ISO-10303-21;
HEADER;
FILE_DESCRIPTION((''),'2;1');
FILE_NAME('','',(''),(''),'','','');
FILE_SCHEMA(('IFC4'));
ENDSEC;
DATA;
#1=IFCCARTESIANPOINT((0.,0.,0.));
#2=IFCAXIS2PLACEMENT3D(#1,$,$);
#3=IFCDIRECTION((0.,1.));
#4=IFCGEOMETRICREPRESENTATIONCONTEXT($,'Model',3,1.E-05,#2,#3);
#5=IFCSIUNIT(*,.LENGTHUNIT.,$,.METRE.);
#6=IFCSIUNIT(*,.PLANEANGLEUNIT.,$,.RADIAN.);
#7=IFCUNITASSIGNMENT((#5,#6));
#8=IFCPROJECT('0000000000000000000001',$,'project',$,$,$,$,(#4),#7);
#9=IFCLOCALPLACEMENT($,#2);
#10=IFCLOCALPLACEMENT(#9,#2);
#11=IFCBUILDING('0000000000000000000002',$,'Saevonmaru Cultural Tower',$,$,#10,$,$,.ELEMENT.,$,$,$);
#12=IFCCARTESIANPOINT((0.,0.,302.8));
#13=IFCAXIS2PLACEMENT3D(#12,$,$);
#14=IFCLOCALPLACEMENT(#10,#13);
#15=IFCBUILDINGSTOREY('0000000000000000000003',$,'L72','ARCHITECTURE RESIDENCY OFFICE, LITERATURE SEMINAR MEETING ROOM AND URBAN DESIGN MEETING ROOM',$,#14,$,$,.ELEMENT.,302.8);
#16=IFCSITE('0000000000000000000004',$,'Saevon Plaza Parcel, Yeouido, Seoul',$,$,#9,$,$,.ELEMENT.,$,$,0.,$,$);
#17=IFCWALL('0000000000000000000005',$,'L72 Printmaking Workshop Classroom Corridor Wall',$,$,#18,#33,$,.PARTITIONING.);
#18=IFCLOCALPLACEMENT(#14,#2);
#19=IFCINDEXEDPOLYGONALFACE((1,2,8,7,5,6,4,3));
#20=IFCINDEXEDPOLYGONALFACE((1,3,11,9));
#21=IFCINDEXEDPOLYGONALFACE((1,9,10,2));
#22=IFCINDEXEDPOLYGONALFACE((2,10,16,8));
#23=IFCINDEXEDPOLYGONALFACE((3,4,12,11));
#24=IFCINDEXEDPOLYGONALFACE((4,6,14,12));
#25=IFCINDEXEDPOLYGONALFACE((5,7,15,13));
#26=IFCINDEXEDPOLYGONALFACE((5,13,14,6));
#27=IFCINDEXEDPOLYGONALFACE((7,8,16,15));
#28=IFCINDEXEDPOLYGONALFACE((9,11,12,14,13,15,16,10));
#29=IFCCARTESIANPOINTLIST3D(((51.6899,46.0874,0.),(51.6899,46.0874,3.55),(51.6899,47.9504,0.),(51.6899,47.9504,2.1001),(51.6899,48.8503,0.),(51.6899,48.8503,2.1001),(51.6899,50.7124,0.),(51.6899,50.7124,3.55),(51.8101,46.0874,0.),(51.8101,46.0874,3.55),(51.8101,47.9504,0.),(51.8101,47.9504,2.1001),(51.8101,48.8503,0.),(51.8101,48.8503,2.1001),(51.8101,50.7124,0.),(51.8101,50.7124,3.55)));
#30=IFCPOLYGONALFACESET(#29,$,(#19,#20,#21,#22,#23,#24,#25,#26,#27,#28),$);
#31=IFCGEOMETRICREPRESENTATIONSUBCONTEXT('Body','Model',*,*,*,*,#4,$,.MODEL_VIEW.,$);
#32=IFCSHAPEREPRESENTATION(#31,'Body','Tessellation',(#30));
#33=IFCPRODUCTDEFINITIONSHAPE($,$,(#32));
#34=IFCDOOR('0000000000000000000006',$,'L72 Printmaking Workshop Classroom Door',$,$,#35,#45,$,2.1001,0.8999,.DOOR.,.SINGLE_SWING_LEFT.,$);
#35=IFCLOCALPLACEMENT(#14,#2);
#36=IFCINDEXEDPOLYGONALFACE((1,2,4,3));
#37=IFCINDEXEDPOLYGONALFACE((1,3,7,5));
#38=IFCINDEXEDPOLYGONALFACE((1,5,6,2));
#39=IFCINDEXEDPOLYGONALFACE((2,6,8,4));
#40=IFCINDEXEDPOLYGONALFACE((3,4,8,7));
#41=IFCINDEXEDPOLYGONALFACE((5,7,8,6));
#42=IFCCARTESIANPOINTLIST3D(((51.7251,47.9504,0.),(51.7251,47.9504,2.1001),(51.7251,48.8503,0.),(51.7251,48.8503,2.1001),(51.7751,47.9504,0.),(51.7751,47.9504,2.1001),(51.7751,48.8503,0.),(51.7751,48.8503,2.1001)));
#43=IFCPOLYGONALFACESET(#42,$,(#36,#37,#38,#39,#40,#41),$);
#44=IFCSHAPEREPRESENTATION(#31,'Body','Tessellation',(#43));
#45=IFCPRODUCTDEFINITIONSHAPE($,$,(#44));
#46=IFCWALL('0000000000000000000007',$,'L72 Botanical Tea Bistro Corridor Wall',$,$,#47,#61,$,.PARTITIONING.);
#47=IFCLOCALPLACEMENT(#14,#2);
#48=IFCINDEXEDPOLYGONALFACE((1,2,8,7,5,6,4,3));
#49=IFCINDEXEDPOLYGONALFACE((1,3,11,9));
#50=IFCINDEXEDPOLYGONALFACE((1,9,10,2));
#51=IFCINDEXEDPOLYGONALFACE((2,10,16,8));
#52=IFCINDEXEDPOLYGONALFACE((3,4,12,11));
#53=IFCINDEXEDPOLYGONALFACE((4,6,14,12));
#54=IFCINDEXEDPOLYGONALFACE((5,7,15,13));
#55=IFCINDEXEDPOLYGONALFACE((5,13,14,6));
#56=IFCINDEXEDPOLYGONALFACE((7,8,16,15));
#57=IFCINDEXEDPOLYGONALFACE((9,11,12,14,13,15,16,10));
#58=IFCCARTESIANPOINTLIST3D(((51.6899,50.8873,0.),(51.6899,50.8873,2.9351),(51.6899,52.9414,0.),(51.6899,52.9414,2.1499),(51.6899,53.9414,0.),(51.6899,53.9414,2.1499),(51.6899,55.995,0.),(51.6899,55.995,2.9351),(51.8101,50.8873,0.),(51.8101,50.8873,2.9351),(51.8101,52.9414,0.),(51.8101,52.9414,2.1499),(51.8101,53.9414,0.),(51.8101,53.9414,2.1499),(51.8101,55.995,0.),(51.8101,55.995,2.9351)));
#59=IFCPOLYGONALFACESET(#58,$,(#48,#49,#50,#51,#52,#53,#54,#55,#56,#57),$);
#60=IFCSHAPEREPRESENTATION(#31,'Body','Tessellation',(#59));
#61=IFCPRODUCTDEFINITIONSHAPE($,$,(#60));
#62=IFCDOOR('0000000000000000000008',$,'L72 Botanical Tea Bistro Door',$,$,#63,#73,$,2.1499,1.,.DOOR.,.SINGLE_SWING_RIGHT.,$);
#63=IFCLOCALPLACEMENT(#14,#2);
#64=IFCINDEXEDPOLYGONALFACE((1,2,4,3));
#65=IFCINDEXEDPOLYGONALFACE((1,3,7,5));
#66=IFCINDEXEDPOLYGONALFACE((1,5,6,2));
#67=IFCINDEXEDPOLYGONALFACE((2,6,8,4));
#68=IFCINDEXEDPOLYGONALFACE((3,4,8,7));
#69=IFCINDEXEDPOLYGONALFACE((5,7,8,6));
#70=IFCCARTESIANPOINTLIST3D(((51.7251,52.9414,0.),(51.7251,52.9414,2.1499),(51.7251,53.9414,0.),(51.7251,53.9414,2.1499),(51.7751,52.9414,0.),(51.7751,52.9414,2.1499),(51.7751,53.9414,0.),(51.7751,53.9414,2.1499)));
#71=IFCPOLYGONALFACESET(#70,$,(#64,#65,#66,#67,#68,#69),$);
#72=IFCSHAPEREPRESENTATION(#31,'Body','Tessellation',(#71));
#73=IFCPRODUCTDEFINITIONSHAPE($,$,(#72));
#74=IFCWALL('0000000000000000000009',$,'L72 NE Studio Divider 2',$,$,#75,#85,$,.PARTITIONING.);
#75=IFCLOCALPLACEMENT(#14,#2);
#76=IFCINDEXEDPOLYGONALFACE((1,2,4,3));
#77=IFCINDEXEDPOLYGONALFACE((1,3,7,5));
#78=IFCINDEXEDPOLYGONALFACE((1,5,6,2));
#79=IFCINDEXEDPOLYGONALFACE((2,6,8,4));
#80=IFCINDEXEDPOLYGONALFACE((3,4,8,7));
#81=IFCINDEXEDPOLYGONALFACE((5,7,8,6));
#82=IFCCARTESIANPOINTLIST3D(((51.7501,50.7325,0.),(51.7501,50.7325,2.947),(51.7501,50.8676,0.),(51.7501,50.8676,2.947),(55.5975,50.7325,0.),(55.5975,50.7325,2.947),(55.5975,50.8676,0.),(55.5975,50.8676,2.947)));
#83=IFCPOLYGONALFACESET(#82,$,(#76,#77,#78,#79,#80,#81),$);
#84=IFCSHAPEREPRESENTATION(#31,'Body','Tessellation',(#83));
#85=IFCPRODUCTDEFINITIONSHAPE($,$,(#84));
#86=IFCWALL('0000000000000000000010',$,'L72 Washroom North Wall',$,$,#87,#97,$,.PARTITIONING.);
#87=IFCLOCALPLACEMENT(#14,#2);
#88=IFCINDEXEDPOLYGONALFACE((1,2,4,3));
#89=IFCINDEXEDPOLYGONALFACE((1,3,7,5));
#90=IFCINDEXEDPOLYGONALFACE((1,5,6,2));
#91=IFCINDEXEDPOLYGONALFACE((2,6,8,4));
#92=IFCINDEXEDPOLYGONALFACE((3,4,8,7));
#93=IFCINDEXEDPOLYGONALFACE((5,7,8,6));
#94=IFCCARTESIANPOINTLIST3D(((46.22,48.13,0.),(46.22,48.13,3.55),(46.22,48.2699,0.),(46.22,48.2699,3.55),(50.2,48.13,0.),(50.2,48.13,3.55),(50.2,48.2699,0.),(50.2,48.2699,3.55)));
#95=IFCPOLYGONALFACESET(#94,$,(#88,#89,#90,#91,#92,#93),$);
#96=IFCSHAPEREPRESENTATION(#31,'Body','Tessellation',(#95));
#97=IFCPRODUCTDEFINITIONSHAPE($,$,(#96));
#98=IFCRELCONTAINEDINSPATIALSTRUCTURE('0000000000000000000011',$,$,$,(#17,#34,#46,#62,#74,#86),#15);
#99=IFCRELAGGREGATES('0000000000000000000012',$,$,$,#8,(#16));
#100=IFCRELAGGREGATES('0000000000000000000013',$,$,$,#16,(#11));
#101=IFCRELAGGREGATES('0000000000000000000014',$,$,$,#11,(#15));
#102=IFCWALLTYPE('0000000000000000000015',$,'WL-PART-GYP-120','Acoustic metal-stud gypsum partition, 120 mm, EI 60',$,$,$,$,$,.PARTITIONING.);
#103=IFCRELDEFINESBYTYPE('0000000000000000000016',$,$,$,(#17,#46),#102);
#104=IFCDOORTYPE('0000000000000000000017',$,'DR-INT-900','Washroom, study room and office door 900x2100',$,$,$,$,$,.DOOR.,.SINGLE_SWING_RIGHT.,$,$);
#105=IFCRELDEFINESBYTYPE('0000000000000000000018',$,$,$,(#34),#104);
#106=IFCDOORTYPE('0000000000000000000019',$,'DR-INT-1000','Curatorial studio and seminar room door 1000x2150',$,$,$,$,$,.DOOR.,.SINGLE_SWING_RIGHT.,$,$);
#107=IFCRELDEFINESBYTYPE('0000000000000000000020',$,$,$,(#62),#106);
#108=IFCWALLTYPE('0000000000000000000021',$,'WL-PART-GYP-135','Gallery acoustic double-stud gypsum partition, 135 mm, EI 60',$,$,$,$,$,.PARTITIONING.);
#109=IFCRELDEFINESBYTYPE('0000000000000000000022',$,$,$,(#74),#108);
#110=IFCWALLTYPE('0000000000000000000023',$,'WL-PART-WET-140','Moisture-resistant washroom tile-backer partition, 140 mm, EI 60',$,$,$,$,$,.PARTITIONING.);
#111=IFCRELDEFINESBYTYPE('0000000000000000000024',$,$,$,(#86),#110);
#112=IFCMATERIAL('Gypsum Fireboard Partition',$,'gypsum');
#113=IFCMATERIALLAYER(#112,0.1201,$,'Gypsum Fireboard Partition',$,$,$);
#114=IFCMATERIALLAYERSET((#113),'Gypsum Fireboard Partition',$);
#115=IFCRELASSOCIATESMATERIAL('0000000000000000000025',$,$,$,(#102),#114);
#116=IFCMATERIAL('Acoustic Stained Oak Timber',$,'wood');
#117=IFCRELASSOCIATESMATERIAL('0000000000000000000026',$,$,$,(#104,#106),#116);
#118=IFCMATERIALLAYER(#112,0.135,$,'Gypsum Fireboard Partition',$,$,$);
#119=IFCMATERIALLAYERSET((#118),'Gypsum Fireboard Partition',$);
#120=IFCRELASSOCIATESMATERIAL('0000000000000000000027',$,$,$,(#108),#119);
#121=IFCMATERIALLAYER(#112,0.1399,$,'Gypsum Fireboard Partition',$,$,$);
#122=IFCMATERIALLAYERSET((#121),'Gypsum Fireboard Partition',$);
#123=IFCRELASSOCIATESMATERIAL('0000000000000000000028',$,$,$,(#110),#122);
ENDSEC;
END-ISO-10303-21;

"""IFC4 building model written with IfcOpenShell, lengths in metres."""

from ifc_helpers import new_model, si_unit, direction, frame, frame_2d, origin, place, context, subcontext, project, spatial, rectangle, extrude, material, layer, layer_set, type_object, element, fill, save


model = new_model("IFC4")

# Units and contexts
model_context = context("Model", 3, precision=1e-05, world=origin(), true_north=direction((0.0, 1.0)))
body_context = subcontext(model_context, "Body", "Model", "MODEL_VIEW")
ifc_project = project(units=[si_unit("LENGTHUNIT", "METRE"), si_unit("PLANEANGLEUNIT", "RADIAN")], contexts=[model_context])

# Site, building, storey
site_placement = place(None, origin())
site = spatial("IfcSite", under=ifc_project, at=site_placement, Name="Saevon Plaza Parcel, Yeouido, Seoul", CompositionType="ELEMENT", RefElevation=0.0)
building_placement = place(site_placement, origin())
building = spatial("IfcBuilding", under=site, at=building_placement, Name="Saevonmaru Cultural Tower", CompositionType="ELEMENT")
storey_placement = place(building_placement, frame((0.0, 0.0, 302.8)))
storey = spatial("IfcBuildingStorey", under=building, at=storey_placement, Name="L72", Description="ARCHITECTURE RESIDENCY OFFICE, LITERATURE SEMINAR MEETING ROOM AND URBAN DESIGN MEETING ROOM", CompositionType="ELEMENT", Elevation=302.8)

# Shared definitions
ifc_material_1 = material(Name="Gypsum Fireboard Partition", Category="gypsum")
ifc_layer_1 = layer(ifc_material_1, 0.1201, Name="Gypsum Fireboard Partition")
ifc_layer_set_1 = layer_set([ifc_layer_1], Name="Gypsum Fireboard Partition")
wall_type_1 = type_object("IfcWallType", Name="WL-PART-GYP-120", Description="Acoustic metal-stud gypsum partition, 120 mm, EI 60", PredefinedType="PARTITIONING", material=ifc_layer_set_1)

# Walls, openings, doors
ifc_material_2 = material(Name="Acoustic Stained Oak Timber", Category="wood")
door_type_1 = type_object("IfcDoorType", Name="DR-INT-900", Description="Washroom, study room and office door 900x2100", OperationType="SINGLE_SWING_RIGHT", PredefinedType="DOOR", material=ifc_material_2)
wall_1_placement = place(storey_placement, frame((51.75, 46.0874, 0.0), z_axis=(0.0, 0.0, 1.0), x_axis=(0.0, 1.0, 0.0)))
wall_1 = element("IfcWall", 1, at=wall_1_placement, inside=storey, type_object=wall_type_1, Name="L72 Printmaking Workshop Classroom Corridor Wall", PredefinedType="PARTITIONING", context=body_context, shape_type="SweptSolid", body=[
    extrude(rectangle(XDim=4.625, YDim=0.1201, at=frame_2d((2.3125, 0.0))), origin(), (0.0, 0.0, 1.0), 3.55),
])
opening_1_placement = place(wall_1_placement, frame((1.863, 0.0, 0.0)))
opening_1 = element("IfcOpeningElement", 2, at=opening_1_placement, cuts=wall_1, PredefinedType="OPENING", context=body_context, shape_type="SweptSolid", body=[
    extrude(rectangle(XDim=0.8999, YDim=2.1001, at=frame_2d((0.45, 1.05))), frame((0.0, 0.0701, 0.0), z_axis=(0.0, -1.0, 0.0), x_axis=(1.0, 0.0, 0.0)), (0.0, 0.0, 1.0), 0.1401),
])
door_1_placement = place(opening_1_placement, origin())
door_1 = element("IfcDoor", 3, at=door_1_placement, inside=storey, type_object=door_type_1, Name="L72 Printmaking Workshop Classroom Door", OperationType="SINGLE_SWING_LEFT", OverallHeight=2.1001, OverallWidth=0.8999, PredefinedType="DOOR", context=body_context, shape_type="SweptSolid", body=[
    extrude(rectangle(XDim=0.8999, YDim=2.1001, at=frame_2d((0.45, 1.05))), frame((0.0, 0.0249, 0.0), z_axis=(0.0, -1.0, 0.0), x_axis=(1.0, 0.0, 0.0)), (0.0, 0.0, 1.0), 0.05),
])
fill(opening_1, door_1)
wall_2_placement = place(storey_placement, frame((51.75, 50.8875, 0.0), z_axis=(0.0, 0.0, 1.0), x_axis=(0.0, 1.0, 0.0)))
wall_2 = element("IfcWall", 4, at=wall_2_placement, inside=storey, type_object=wall_type_1, Name="L72 Botanical Tea Bistro Corridor Wall", PredefinedType="PARTITIONING", context=body_context, shape_type="SweptSolid", body=[
    extrude(rectangle(XDim=5.1077, YDim=0.1201, at=frame_2d((2.5537, 0.0))), origin(), (0.0, 0.0, 1.0), 2.9351),
])
opening_2_placement = place(wall_2_placement, frame((2.054, 0.0, 0.0)))
opening_2 = element("IfcOpeningElement", 5, at=opening_2_placement, cuts=wall_2, PredefinedType="OPENING", context=body_context, shape_type="SweptSolid", body=[
    extrude(rectangle(XDim=1.0, YDim=2.1499, at=frame_2d((0.5, 1.075))), frame((0.0, 0.0701, 0.0), z_axis=(0.0, -1.0, 0.0), x_axis=(1.0, 0.0, 0.0)), (0.0, 0.0, 1.0), 0.1401),
])
door_type_2 = type_object("IfcDoorType", Name="DR-INT-1000", Description="Curatorial studio and seminar room door 1000x2150", OperationType="SINGLE_SWING_RIGHT", PredefinedType="DOOR", material=ifc_material_2)
door_2_placement = place(opening_2_placement, origin())
door_2 = element("IfcDoor", 6, at=door_2_placement, inside=storey, type_object=door_type_2, Name="L72 Botanical Tea Bistro Door", OperationType="SINGLE_SWING_RIGHT", OverallHeight=2.1499, OverallWidth=1.0, PredefinedType="DOOR", context=body_context, shape_type="SweptSolid", body=[
    extrude(rectangle(XDim=1.0, YDim=2.1499, at=frame_2d((0.5, 1.075))), frame((0.0, 0.0249, 0.0), z_axis=(0.0, -1.0, 0.0), x_axis=(1.0, 0.0, 0.0)), (0.0, 0.0, 1.0), 0.05),
])
fill(opening_2, door_2)

# Walls
ifc_layer_2 = layer(ifc_material_1, 0.135, Name="Gypsum Fireboard Partition")
ifc_layer_set_2 = layer_set([ifc_layer_2], Name="Gypsum Fireboard Partition")
wall_type_2 = type_object("IfcWallType", Name="WL-PART-GYP-135", Description="Gallery acoustic double-stud gypsum partition, 135 mm, EI 60", PredefinedType="PARTITIONING", material=ifc_layer_set_2)
wall_3_placement = place(storey_placement, frame((51.75, 50.8, 0.0), z_axis=(0.0, 0.0, 1.0), x_axis=(1.0, 0.0, 0.0)))
element("IfcWall", 7, at=wall_3_placement, inside=storey, type_object=wall_type_2, Name="L72 NE Studio Divider 2", PredefinedType="PARTITIONING", context=body_context, shape_type="SweptSolid", body=[
    extrude(rectangle(XDim=3.8474, YDim=0.135, at=frame_2d((1.9238, 0.0))), origin(), (0.0, 0.0, 1.0), 2.947),
])
ifc_layer_3 = layer(ifc_material_1, 0.1399, Name="Gypsum Fireboard Partition")
ifc_layer_set_3 = layer_set([ifc_layer_3], Name="Gypsum Fireboard Partition")
wall_type_3 = type_object("IfcWallType", Name="WL-PART-WET-140", Description="Moisture-resistant washroom tile-backer partition, 140 mm, EI 60", PredefinedType="PARTITIONING", material=ifc_layer_set_3)
wall_4_placement = place(storey_placement, frame((46.22, 48.2, 0.0), z_axis=(0.0, 0.0, 1.0), x_axis=(1.0, 0.0, 0.0)))
element("IfcWall", 8, at=wall_4_placement, inside=storey, type_object=wall_type_3, Name="L72 Washroom North Wall", PredefinedType="PARTITIONING", context=body_context, shape_type="SweptSolid", body=[
    extrude(rectangle(XDim=3.98, YDim=0.1399, at=frame_2d((1.99, 0.0))), origin(), (0.0, 0.0, 1.0), 3.55),
])

save(model, "model.ifc")
